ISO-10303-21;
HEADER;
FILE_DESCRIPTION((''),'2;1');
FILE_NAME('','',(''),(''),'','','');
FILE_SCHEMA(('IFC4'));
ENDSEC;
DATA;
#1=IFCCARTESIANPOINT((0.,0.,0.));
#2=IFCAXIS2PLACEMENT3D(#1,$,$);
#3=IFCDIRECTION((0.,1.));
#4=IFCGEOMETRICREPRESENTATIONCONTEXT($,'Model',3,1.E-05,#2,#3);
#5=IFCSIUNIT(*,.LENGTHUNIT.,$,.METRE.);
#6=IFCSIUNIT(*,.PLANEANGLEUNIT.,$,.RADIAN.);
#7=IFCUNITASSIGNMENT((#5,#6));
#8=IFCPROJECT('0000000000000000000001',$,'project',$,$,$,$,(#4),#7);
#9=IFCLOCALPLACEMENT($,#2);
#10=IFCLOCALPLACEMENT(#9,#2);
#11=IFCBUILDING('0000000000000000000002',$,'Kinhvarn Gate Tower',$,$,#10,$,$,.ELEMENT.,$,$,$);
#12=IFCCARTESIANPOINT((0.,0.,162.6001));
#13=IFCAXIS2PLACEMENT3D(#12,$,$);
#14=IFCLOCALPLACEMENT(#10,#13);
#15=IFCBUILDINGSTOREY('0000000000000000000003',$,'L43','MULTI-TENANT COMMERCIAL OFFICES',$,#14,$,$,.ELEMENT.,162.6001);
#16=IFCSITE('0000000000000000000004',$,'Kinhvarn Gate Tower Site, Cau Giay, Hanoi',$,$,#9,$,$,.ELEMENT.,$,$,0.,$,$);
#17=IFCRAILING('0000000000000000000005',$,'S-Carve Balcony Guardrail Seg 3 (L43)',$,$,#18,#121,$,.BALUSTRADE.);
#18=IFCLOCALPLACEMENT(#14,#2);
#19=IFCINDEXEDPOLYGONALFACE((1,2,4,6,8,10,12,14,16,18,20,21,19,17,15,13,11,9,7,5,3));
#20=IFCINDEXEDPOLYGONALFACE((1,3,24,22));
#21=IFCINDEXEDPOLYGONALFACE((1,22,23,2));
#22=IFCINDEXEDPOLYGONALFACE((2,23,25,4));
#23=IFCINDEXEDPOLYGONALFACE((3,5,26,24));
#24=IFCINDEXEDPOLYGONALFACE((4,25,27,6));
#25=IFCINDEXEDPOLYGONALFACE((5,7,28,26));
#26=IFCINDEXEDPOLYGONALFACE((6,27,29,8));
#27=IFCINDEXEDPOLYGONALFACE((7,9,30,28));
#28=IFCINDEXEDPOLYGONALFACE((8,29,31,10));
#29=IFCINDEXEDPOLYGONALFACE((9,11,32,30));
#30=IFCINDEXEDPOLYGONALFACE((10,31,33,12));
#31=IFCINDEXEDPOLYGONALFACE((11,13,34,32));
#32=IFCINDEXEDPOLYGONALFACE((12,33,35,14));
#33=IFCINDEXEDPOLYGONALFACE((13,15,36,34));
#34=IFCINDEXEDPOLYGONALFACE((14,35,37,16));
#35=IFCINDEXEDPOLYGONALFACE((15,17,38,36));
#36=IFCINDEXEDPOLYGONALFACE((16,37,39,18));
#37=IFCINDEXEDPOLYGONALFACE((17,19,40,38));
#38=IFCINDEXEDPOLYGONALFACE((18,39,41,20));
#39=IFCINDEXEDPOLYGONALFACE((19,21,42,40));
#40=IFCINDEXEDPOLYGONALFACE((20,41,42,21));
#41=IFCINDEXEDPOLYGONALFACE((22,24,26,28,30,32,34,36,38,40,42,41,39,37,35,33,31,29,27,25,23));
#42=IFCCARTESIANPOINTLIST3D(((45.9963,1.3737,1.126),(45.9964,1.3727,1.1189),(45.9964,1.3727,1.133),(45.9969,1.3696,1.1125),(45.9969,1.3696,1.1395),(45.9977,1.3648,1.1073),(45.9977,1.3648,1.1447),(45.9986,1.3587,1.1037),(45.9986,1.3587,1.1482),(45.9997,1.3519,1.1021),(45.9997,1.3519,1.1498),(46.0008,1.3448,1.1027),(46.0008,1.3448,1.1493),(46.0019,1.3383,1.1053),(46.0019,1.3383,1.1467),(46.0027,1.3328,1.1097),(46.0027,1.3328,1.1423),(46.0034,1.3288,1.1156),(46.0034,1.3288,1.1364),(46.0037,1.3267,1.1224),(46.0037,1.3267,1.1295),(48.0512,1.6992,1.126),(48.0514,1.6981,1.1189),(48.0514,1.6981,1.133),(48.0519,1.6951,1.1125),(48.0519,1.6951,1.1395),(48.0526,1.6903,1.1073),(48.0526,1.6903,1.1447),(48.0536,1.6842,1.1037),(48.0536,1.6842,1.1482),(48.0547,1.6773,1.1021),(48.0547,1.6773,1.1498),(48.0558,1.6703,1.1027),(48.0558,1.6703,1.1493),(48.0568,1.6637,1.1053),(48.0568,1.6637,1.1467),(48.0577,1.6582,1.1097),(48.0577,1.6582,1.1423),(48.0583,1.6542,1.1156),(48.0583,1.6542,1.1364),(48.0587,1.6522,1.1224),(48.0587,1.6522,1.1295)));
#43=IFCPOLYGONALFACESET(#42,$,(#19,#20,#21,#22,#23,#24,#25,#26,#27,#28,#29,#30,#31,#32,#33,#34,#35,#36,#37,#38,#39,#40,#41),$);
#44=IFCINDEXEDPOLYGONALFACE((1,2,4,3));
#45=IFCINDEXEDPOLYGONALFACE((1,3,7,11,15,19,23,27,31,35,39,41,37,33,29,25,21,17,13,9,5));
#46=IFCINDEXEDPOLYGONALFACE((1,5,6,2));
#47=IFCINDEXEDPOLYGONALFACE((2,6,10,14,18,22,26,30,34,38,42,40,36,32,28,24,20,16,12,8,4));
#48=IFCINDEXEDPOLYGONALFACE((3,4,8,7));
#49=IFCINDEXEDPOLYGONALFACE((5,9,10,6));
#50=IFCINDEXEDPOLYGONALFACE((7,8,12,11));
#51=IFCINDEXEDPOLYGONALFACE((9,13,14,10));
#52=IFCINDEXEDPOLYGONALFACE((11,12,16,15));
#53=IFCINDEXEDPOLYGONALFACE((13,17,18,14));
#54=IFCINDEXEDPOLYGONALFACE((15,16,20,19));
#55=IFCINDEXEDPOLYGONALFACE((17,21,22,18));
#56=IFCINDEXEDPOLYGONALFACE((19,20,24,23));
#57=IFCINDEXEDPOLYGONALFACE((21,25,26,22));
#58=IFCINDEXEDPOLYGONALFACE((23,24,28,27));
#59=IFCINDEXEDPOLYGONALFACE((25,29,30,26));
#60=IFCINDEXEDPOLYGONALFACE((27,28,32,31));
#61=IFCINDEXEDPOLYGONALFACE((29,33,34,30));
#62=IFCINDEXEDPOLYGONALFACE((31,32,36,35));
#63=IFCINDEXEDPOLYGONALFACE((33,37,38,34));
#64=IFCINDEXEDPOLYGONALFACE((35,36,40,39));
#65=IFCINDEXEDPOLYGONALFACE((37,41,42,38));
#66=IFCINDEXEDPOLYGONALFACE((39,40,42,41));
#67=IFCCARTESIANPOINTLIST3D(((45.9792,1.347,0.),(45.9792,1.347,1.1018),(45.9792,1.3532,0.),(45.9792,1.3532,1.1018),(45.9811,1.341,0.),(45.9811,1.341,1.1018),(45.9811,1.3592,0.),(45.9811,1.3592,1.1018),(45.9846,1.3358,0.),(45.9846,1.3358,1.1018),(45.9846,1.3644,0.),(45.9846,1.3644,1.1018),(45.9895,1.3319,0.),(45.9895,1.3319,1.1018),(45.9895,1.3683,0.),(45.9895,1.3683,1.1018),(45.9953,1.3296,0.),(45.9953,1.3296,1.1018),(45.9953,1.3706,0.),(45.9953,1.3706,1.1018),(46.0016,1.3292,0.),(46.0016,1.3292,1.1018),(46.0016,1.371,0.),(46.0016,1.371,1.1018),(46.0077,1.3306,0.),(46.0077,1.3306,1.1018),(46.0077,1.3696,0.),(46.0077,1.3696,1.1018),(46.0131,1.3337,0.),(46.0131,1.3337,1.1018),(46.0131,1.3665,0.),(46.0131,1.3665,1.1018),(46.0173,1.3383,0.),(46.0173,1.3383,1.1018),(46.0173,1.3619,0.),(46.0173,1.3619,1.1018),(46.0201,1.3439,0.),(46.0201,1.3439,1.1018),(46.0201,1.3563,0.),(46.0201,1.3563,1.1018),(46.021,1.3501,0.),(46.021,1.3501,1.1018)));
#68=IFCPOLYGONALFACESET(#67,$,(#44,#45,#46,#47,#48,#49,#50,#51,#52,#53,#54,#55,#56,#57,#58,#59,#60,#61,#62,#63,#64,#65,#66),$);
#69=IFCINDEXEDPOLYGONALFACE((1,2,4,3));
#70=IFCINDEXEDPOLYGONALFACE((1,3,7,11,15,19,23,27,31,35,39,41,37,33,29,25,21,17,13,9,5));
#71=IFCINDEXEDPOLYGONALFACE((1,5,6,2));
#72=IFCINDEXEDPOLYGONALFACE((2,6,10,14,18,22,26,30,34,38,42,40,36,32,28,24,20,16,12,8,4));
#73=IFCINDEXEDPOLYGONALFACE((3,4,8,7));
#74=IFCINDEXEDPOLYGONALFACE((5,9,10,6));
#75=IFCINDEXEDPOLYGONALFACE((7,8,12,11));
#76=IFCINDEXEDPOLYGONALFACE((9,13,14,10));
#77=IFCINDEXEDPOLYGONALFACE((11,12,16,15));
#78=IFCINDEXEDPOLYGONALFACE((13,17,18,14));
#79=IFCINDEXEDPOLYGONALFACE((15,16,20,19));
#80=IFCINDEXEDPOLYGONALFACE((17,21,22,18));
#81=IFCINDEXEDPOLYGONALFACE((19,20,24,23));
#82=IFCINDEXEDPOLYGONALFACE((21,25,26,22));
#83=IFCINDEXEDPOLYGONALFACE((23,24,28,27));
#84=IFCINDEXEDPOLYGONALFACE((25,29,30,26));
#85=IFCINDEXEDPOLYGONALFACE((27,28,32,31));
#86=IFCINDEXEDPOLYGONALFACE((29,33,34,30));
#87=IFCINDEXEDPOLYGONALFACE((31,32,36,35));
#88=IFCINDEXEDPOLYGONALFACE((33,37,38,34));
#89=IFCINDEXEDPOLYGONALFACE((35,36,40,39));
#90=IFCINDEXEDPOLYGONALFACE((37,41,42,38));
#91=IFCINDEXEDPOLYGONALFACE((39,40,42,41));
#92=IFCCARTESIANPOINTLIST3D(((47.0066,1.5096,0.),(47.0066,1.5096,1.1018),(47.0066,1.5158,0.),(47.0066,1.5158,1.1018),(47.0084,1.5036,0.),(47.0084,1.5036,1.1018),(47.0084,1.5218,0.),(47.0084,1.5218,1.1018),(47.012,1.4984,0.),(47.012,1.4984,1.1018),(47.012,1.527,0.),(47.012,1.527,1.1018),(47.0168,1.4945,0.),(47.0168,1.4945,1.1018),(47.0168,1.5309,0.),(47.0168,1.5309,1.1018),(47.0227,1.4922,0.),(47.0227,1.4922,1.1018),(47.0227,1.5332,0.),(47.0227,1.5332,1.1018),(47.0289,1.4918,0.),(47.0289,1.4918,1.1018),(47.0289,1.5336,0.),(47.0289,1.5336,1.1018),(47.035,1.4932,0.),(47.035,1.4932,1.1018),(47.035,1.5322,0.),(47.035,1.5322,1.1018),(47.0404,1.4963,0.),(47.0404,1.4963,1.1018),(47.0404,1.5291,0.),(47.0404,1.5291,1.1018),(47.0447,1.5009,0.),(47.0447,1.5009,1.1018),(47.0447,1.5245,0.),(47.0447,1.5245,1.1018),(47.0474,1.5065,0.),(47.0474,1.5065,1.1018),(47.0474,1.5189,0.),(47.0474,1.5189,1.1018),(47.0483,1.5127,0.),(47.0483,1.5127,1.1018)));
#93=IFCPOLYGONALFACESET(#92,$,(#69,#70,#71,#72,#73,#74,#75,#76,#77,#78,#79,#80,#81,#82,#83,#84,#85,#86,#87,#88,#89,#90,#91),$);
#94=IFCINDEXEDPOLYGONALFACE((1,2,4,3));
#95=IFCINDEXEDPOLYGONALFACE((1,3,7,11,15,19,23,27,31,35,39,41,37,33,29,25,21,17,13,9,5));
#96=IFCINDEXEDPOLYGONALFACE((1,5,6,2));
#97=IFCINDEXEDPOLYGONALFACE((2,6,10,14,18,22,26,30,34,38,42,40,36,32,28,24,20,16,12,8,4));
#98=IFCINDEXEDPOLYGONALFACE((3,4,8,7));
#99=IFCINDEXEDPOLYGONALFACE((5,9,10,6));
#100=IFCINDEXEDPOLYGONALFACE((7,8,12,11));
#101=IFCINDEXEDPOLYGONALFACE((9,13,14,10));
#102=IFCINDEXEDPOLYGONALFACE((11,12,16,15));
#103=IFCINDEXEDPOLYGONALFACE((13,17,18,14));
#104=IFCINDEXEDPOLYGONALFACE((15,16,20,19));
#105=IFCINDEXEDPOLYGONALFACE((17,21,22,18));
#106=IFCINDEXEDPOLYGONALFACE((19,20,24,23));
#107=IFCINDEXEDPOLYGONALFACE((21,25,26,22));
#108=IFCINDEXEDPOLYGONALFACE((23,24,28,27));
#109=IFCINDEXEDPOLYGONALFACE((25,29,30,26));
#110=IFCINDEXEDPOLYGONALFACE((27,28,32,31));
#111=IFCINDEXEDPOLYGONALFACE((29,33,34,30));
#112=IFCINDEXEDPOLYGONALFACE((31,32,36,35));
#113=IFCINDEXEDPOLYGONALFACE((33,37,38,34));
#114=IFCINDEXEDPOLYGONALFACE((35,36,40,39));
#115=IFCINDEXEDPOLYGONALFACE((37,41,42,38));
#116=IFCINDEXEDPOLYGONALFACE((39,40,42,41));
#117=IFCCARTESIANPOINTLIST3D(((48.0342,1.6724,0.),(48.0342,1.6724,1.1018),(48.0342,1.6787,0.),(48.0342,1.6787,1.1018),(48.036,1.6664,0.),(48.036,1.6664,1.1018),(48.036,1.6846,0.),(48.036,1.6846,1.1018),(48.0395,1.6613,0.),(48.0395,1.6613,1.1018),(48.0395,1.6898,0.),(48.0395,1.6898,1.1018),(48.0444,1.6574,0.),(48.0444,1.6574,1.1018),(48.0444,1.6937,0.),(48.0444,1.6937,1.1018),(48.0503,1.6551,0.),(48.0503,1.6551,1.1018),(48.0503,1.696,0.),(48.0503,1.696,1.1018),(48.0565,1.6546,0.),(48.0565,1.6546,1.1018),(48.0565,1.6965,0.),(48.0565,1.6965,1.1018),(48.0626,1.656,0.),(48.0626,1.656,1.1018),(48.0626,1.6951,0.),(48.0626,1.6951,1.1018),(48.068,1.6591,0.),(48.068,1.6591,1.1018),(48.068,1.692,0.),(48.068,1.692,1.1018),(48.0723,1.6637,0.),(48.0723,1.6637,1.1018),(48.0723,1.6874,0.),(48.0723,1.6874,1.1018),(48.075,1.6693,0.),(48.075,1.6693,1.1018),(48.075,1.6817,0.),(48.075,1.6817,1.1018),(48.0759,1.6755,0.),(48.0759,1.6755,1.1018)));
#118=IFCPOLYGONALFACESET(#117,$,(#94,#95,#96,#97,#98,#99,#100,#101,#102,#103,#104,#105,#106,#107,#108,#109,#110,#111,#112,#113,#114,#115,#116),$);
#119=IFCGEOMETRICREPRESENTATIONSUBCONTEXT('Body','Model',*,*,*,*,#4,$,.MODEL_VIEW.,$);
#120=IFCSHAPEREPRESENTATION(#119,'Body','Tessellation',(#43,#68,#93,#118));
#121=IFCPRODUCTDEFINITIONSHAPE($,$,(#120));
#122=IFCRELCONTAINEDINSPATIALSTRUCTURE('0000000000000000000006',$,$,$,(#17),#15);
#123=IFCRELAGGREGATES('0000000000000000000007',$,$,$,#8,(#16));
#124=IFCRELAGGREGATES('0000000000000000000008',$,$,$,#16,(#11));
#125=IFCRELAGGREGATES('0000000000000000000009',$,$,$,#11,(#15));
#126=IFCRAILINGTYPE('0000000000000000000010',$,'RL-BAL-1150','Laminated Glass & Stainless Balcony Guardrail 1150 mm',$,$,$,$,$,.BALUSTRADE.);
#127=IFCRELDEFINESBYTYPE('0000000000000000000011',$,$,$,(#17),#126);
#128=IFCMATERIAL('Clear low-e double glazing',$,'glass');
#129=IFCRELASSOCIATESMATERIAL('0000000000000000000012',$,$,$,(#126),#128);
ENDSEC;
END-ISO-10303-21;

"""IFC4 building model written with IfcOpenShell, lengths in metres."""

from ifc_helpers import new_model, si_unit, direction, frame, origin, origin_2d, place, context, subcontext, project, spatial, circle, extrude, material, type_object, element, save


model = new_model("IFC4")

# Units and contexts
model_context = context("Model", 3, precision=1e-05, world=origin(), true_north=direction((0.0, 1.0)))
body_context = subcontext(model_context, "Body", "Model", "MODEL_VIEW")
ifc_project = project(units=[si_unit("LENGTHUNIT", "METRE"), si_unit("PLANEANGLEUNIT", "RADIAN")], contexts=[model_context])

# Site, building, storey
site_placement = place(None, origin())
site = spatial("IfcSite", under=ifc_project, at=site_placement, Name="Kinhvarn Gate Tower Site, Cau Giay, Hanoi", CompositionType="ELEMENT", RefElevation=0.0)
building_placement = place(site_placement, origin())
building = spatial("IfcBuilding", under=site, at=building_placement, Name="Kinhvarn Gate Tower", CompositionType="ELEMENT")
storey_placement = place(building_placement, frame((0.0, 0.0, 162.6001)))
storey = spatial("IfcBuildingStorey", under=building, at=storey_placement, Name="L43", Description="MULTI-TENANT COMMERCIAL OFFICES", CompositionType="ELEMENT", Elevation=162.6001)

# Shared definitions
ifc_material_1 = material(Name="Clear low-e double glazing", Category="glass")

# Railing
railing_type = type_object("IfcRailingType", Name="RL-BAL-1150", Description="Laminated Glass & Stainless Balcony Guardrail 1150 mm", PredefinedType="BALUSTRADE", material=ifc_material_1)
railing_1_placement = place(storey_placement, frame((46.0, 1.3501, 0.0)))
element("IfcRailing", 1, at=railing_1_placement, inside=storey, type_object=railing_type, Name="S-Carve Balcony Guardrail Seg 3 (L43)", PredefinedType="BALUSTRADE", context=body_context, shape_type="SweptSolid", body=[
    extrude(circle(Radius=0.0239, at=origin_2d()), frame((0.0, 0.0, 1.126), z_axis=(0.987691, 0.156421, 0.0), x_axis=(-0.156421, 0.987691, 0.0)), (0.0, 0.0, 1.0), 2.0806),
    extrude(circle(Radius=0.021, at=origin_2d()), origin(), (0.0, 0.0, 1.0), 1.1018),
    extrude(circle(Radius=0.021, at=origin_2d()), frame((1.0273, 0.1626, 0.0)), (0.0, 0.0, 1.0), 1.1018),
    extrude(circle(Radius=0.021, at=origin_2d()), frame((2.0549, 0.3254, 0.0)), (0.0, 0.0, 1.0), 1.1018),
])

save(model, "model.ifc")
